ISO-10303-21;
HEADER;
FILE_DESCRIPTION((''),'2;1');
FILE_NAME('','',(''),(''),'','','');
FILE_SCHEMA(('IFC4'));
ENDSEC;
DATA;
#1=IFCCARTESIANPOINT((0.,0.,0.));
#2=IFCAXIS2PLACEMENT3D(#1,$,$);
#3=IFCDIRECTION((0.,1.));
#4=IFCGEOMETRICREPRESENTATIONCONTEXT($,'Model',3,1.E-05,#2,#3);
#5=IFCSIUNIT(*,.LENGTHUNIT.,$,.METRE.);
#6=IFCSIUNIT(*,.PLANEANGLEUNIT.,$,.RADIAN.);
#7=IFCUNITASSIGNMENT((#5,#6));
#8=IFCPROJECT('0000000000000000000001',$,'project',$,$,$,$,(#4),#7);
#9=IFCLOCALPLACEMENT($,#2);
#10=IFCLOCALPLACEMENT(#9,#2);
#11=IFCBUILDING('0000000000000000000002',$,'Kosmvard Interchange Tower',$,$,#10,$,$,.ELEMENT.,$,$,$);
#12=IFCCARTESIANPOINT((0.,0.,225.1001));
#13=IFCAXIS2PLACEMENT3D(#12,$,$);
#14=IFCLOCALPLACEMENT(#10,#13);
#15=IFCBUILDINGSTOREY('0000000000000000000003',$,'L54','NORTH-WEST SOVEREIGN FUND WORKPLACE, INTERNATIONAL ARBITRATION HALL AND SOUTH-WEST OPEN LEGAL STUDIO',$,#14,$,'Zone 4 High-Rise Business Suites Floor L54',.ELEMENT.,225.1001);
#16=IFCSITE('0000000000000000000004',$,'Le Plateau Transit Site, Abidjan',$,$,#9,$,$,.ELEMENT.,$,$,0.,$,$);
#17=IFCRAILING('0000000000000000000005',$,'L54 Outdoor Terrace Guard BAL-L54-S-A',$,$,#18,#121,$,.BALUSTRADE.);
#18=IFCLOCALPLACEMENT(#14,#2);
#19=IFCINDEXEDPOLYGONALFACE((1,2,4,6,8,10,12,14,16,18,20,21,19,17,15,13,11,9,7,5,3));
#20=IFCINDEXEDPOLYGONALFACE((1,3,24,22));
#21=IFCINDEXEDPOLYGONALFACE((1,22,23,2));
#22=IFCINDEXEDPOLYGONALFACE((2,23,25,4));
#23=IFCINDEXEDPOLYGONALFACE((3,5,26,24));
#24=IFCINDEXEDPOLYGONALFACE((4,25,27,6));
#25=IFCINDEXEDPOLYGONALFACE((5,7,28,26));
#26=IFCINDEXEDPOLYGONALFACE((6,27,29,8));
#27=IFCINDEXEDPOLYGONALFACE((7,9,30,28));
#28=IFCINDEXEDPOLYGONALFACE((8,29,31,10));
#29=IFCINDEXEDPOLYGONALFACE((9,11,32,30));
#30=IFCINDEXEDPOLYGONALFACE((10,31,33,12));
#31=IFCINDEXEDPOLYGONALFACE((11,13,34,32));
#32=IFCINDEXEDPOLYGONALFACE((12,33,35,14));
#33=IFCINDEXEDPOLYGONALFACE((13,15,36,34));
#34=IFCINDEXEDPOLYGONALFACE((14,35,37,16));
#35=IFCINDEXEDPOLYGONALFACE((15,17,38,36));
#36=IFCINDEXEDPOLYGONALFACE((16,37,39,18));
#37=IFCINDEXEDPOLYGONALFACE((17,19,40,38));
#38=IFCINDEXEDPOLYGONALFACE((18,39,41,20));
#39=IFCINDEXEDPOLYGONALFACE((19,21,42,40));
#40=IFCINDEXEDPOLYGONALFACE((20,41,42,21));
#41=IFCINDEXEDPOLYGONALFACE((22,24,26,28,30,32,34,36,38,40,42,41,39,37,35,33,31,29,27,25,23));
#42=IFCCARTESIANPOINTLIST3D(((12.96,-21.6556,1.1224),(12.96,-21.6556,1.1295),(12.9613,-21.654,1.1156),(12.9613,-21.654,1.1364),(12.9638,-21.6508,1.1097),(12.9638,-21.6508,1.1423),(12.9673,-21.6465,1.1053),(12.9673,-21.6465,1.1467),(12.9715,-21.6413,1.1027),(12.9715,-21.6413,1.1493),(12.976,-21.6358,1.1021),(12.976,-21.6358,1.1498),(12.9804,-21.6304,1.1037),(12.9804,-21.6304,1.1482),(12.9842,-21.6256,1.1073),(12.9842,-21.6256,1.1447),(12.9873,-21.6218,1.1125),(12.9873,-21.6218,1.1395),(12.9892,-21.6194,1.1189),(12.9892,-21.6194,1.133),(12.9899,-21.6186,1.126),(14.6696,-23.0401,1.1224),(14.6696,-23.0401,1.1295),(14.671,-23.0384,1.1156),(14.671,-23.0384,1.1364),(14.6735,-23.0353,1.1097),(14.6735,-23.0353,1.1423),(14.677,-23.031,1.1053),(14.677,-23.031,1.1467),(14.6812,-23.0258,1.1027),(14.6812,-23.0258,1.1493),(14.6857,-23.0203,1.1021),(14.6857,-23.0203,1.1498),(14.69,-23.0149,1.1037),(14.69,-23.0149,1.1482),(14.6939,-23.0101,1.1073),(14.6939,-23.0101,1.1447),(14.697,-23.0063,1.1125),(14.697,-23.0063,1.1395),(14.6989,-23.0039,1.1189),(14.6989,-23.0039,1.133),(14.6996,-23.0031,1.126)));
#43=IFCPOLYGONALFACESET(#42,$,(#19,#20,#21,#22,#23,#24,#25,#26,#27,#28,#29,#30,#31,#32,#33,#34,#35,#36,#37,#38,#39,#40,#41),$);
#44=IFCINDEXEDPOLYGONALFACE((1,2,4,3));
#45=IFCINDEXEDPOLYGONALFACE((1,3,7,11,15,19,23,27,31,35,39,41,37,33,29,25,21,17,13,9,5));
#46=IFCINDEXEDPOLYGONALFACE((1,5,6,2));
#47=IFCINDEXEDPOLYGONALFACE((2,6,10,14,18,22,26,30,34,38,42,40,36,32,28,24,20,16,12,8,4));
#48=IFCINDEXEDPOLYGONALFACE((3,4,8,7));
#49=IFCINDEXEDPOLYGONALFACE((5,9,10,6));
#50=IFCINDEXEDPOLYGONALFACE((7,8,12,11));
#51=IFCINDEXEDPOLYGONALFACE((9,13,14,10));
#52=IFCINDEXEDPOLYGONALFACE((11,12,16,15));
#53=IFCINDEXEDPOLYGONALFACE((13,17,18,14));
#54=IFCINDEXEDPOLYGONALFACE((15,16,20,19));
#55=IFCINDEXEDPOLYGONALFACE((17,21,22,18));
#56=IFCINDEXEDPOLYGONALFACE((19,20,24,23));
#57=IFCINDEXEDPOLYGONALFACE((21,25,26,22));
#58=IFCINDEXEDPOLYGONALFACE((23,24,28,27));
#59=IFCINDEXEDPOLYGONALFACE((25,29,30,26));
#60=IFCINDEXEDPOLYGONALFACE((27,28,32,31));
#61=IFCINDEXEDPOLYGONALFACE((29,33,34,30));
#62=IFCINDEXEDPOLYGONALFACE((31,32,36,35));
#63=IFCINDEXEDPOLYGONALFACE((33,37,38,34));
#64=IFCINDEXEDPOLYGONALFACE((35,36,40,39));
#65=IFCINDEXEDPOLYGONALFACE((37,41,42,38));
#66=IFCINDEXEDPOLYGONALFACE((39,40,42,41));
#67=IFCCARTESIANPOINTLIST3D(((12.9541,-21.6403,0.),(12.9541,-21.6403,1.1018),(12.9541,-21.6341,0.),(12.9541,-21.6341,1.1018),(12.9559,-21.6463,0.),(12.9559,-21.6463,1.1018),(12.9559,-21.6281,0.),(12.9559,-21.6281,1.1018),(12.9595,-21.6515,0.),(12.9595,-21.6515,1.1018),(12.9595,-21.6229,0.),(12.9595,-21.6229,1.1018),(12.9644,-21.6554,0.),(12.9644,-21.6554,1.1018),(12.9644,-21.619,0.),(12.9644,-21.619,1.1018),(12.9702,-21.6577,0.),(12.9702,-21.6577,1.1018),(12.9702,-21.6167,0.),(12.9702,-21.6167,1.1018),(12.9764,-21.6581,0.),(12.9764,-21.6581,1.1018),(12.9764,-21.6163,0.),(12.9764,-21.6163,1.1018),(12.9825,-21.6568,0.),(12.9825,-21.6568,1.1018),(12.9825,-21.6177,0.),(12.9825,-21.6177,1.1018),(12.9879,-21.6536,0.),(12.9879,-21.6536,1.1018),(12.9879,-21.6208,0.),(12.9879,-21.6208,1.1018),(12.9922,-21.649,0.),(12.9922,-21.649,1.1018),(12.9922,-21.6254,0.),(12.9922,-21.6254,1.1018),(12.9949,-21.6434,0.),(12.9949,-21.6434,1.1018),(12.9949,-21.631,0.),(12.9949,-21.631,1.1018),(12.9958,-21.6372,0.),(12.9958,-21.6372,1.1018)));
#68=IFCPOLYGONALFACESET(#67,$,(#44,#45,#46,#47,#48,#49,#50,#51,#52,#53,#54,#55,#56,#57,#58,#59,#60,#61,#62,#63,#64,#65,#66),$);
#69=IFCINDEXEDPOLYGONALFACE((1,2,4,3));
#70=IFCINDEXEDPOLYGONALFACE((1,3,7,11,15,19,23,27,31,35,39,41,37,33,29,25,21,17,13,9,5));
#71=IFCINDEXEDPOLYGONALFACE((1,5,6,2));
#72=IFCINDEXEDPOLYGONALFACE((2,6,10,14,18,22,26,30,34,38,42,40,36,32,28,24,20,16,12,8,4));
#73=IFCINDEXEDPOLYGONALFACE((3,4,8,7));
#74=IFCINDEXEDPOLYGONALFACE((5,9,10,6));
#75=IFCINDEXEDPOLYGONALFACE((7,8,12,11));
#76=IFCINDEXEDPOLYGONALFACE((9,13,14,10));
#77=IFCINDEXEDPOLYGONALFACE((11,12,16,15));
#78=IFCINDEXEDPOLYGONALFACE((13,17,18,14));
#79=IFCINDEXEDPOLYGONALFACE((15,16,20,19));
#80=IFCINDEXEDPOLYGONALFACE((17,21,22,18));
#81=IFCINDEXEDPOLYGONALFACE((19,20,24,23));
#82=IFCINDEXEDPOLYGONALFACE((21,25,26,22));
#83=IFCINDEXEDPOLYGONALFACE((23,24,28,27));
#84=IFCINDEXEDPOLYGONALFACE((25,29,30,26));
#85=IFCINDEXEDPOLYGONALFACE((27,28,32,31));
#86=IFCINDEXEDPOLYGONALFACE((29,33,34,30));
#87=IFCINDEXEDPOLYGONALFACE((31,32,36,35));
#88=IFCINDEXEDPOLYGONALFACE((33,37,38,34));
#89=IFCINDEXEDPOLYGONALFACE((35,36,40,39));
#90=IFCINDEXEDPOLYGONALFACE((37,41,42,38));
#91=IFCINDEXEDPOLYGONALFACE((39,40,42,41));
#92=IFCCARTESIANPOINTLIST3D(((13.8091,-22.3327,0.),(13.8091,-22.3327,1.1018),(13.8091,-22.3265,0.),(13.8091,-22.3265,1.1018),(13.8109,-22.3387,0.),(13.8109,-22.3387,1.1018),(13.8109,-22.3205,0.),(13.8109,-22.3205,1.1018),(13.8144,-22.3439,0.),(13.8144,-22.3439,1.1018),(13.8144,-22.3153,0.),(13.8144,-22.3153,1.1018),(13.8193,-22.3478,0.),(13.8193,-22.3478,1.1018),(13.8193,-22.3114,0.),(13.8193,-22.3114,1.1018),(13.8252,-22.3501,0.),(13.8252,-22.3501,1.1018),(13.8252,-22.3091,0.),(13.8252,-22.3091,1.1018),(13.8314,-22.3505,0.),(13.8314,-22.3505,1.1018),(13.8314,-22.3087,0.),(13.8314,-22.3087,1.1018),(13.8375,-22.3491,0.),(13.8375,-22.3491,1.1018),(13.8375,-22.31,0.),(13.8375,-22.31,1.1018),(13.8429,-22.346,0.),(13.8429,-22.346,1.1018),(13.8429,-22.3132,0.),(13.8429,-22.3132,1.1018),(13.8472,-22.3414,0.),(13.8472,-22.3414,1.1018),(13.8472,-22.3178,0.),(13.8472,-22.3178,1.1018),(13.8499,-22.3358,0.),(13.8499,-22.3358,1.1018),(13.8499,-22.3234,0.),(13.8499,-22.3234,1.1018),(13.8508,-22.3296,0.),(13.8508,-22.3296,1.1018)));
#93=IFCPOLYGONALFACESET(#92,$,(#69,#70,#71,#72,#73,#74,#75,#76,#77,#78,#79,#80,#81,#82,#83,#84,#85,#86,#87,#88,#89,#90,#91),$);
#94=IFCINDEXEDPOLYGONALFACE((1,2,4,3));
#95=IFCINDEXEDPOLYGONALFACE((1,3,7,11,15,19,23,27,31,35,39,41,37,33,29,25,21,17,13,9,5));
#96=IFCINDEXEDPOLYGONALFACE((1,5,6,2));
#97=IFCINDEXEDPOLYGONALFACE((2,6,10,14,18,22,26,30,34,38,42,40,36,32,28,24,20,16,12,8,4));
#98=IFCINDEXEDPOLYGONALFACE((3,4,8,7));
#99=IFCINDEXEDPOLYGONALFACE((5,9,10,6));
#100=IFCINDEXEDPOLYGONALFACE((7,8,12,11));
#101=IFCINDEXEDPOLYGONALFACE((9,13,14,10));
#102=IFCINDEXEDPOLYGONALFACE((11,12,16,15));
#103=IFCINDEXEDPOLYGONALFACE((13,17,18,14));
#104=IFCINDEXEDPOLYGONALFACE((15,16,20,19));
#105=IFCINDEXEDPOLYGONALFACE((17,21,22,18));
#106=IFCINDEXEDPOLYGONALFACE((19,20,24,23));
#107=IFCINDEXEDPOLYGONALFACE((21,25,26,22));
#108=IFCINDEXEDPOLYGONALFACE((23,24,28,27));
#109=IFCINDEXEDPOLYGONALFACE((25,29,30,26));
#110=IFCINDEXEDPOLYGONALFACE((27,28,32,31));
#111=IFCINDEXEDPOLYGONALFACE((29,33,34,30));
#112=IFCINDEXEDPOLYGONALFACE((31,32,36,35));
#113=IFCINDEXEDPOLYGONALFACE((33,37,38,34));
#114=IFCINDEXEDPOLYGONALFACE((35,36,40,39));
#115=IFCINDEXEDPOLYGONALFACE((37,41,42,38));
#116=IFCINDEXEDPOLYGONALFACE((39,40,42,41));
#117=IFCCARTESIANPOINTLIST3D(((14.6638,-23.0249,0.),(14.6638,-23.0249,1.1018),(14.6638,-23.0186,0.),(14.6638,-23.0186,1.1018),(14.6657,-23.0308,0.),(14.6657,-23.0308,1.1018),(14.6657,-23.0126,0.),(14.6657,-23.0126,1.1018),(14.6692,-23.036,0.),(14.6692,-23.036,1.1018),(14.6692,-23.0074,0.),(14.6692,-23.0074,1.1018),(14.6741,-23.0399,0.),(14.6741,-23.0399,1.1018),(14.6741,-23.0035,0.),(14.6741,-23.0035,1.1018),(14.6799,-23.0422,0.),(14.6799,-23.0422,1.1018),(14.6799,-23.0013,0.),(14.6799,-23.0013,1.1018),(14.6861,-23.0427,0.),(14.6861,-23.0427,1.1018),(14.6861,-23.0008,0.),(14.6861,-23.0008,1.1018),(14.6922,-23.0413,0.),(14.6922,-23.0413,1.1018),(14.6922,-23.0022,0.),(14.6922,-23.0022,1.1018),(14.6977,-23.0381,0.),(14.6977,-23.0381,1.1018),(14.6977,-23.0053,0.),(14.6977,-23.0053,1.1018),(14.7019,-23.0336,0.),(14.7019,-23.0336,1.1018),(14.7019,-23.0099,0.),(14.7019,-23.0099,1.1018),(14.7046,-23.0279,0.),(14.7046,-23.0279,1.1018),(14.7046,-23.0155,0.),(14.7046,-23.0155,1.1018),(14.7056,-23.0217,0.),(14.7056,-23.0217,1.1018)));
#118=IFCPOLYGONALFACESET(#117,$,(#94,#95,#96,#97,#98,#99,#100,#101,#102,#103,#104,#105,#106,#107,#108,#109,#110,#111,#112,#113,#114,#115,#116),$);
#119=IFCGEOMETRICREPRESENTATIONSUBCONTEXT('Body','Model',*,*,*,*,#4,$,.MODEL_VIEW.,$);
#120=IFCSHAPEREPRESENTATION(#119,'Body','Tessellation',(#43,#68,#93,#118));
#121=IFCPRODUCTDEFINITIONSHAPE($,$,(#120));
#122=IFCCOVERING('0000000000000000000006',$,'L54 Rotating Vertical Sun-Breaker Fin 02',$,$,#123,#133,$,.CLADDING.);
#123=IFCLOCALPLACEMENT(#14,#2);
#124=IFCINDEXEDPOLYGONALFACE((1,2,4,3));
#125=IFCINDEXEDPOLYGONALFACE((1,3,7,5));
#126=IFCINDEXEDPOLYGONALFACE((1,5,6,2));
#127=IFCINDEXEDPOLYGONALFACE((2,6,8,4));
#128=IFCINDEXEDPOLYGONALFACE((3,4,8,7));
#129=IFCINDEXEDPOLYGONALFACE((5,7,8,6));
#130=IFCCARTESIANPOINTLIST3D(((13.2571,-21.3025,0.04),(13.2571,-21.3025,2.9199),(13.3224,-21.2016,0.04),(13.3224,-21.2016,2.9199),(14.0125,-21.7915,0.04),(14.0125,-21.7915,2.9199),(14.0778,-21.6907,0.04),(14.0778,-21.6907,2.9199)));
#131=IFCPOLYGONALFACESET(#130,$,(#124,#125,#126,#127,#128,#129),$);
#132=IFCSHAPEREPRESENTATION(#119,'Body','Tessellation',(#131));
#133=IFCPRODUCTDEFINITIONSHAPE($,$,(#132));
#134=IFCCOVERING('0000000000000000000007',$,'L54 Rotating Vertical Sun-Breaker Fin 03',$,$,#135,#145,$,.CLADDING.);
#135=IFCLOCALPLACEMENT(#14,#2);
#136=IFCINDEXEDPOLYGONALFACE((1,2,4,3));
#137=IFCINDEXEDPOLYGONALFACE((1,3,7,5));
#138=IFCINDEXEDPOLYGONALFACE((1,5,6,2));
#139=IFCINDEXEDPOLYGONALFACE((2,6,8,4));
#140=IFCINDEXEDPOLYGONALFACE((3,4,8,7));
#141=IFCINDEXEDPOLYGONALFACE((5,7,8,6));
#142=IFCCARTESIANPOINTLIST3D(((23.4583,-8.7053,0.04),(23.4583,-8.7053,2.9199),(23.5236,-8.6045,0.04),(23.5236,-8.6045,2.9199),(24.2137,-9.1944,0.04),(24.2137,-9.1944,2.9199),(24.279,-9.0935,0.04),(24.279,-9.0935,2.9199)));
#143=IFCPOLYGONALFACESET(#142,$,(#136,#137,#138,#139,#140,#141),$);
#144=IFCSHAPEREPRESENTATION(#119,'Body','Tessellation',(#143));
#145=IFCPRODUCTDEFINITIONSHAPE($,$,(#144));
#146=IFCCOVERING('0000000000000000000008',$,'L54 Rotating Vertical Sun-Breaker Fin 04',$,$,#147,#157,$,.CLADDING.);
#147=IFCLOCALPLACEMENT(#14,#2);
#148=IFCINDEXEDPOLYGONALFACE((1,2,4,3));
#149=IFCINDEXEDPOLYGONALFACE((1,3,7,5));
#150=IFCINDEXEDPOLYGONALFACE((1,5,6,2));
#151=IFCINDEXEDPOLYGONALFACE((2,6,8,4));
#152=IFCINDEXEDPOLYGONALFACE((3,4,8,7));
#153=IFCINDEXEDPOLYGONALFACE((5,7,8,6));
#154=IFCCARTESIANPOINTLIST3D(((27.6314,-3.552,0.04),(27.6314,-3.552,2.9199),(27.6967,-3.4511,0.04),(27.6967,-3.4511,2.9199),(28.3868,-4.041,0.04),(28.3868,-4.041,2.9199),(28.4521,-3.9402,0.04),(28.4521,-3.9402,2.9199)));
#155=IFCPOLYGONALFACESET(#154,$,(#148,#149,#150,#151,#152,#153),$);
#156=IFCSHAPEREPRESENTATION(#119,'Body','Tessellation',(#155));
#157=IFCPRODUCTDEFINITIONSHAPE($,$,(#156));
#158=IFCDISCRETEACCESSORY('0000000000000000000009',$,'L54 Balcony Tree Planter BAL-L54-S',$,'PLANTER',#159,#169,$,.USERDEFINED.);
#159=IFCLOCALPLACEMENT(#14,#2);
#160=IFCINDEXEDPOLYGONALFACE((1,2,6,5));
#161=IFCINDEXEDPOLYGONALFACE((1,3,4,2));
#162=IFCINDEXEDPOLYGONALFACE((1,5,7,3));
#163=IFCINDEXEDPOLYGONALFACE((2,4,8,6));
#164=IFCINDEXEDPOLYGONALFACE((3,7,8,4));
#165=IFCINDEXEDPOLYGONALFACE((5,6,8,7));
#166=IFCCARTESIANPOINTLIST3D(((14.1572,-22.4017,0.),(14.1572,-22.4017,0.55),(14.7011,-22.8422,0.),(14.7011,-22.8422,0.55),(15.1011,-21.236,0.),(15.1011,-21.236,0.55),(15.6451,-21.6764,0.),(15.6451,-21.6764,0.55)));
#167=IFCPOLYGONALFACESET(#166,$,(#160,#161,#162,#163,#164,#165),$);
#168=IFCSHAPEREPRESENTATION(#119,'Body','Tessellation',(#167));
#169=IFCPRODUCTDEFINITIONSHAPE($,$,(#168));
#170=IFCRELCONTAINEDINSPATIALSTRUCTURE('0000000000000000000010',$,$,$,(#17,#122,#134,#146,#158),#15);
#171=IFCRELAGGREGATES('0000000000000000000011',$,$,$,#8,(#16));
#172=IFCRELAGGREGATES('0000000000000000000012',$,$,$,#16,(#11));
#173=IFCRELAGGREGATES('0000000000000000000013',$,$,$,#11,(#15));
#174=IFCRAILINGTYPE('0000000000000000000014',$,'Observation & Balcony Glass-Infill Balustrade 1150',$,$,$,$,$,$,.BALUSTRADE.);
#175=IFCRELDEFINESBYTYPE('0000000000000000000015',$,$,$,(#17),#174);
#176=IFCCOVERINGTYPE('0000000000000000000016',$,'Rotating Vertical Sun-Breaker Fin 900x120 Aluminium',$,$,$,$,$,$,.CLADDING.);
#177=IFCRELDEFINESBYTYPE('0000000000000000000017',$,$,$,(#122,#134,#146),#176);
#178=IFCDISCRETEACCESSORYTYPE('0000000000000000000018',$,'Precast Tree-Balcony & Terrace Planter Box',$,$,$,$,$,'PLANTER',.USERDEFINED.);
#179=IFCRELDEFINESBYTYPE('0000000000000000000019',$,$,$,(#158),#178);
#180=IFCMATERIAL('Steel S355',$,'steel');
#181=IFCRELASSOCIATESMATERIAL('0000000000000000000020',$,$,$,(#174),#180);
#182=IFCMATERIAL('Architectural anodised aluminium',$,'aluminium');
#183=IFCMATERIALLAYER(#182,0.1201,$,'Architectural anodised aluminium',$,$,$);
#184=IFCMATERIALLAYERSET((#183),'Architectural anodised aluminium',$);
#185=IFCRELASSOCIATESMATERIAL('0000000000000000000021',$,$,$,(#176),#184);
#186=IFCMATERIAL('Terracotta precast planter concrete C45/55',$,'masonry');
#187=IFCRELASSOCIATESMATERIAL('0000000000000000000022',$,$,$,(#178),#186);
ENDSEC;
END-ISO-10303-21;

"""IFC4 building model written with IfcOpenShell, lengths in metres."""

from ifc_helpers import new_model, si_unit, direction, frame, origin, origin_2d, place, context, subcontext, project, spatial, rectangle, circle, extrude, source, transform, mapped, material, layer, layer_set, type_object, element, save


model = new_model("IFC4")

# Units and contexts
model_context = context("Model", 3, precision=1e-05, world=origin(), true_north=direction((0.0, 1.0)))
body_context = subcontext(model_context, "Body", "Model", "MODEL_VIEW")
ifc_project = project(units=[si_unit("LENGTHUNIT", "METRE"), si_unit("PLANEANGLEUNIT", "RADIAN")], contexts=[model_context])

# Site, building, storey
site_placement = place(None, origin())
site = spatial("IfcSite", under=ifc_project, at=site_placement, Name="Le Plateau Transit Site, Abidjan", CompositionType="ELEMENT", RefElevation=0.0)
building_placement = place(site_placement, origin())
building = spatial("IfcBuilding", under=site, at=building_placement, Name="Kosmvard Interchange Tower", CompositionType="ELEMENT")
storey_placement = place(building_placement, frame((0.0, 0.0, 225.1001)))
storey = spatial("IfcBuildingStorey", under=building, at=storey_placement, Name="L54", Description="NORTH-WEST SOVEREIGN FUND WORKPLACE, INTERNATIONAL ARBITRATION HALL AND SOUTH-WEST OPEN LEGAL STUDIO", LongName="Zone 4 High-Rise Business Suites Floor L54", CompositionType="ELEMENT", Elevation=225.1001)

# Shared definitions
ifc_material_1 = material(Name="Steel S355", Category="steel")

# Railing
railing_type = type_object("IfcRailingType", Name="Observation & Balcony Glass-Infill Balustrade 1150", PredefinedType="BALUSTRADE", material=ifc_material_1)
shared_shape_1 = source(origin(), body_context, "Body", "SweptSolid", [
    extrude(circle(Radius=0.0239, at=origin_2d()), frame((0.0, 0.0, 1.126), z_axis=(0.777141, -0.629326, 0.0), x_axis=(0.629326, 0.777141, 0.0)), (0.0, 0.0, 1.0), 2.2),
    extrude(circle(Radius=0.021, at=origin_2d()), origin(), (0.0, 0.0, 1.0), 1.1018),
    extrude(circle(Radius=0.021, at=origin_2d()), frame((0.855, -0.6924, 0.0)), (0.0, 0.0, 1.0), 1.1018),
    extrude(circle(Radius=0.021, at=origin_2d()), frame((1.7097, -1.3845, 0.0)), (0.0, 0.0, 1.0), 1.1018),
])
railing_1_placement = place(storey_placement, frame((12.9749, -21.6372, 0.0)))
element("IfcRailing", 1, at=railing_1_placement, inside=storey, type_object=railing_type, Name="L54 Outdoor Terrace Guard BAL-L54-S-A", PredefinedType="BALUSTRADE", context=body_context, shape_type="MappedRepresentation", body=[
    mapped(shared_shape_1, transform((0.0, 0.0, 0.0), scale=1.0)),
])

# Coverings
ifc_material_2 = material(Name="Architectural anodised aluminium", Category="aluminium")
ifc_layer_1 = layer(ifc_material_2, 0.1201, Name="Architectural anodised aluminium")
ifc_layer_set_1 = layer_set([ifc_layer_1], Name="Architectural anodised aluminium")
covering_type = type_object("IfcCoveringType", Name="Rotating Vertical Sun-Breaker Fin 900x120 Aluminium", PredefinedType="CLADDING", material=ifc_layer_set_1)
shared_shape_2 = source(origin(), body_context, "Body", "SweptSolid", [
    extrude(rectangle(XDim=0.8999, YDim=0.1201, at=origin_2d()), origin(), (0.0, 0.0, 1.0), 2.8799),
])
for number, where, z_axis, x_axis, name in (
    (2, (13.6675, -21.4966, 0.04), (0.0, 0.0, 1.0), (0.83943, -0.543467, 0.0), "L54 Rotating Vertical Sun-Breaker Fin 02"),
    (3, (23.8687, -8.8994, 0.04), (0.0, 0.0, 1.0), (0.83943, -0.543467, 0.0), "L54 Rotating Vertical Sun-Breaker Fin 03"),
    (4, (28.0417, -3.7461, 0.04), (0.0, 0.0, 1.0), (0.83943, -0.543467, 0.0), "L54 Rotating Vertical Sun-Breaker Fin 04"),
):
    element("IfcCovering", number, at=place(storey_placement, frame(where, z_axis=z_axis, x_axis=x_axis)), inside=storey, type_object=covering_type, Name=name, PredefinedType="CLADDING", context=body_context, shape_type="MappedRepresentation", body=[
        mapped(shared_shape_2, transform((0.0, 0.0, 0.0), scale=1.0)),
    ])

# Discrete accessory
ifc_material_3 = material(Name="Terracotta precast planter concrete C45/55", Category="masonry")
discrete_accessory_type = type_object("IfcDiscreteAccessoryType", Name="Precast Tree-Balcony & Terrace Planter Box", ElementType="PLANTER", PredefinedType="USERDEFINED", material=ifc_material_3)
shared_shape_3 = source(origin(), body_context, "Body", "SweptSolid", [
    extrude(rectangle(XDim=1.5, YDim=0.7, at=origin_2d()), origin(), (0.0, 0.0, 1.0), 0.55),
])
discrete_accessory_placement = place(storey_placement, frame((14.9011, -22.0391, 0.0), z_axis=(0.0, 0.0, 1.0), x_axis=(0.62932, 0.777146, 0.0)))
element("IfcDiscreteAccessory", 5, at=discrete_accessory_placement, inside=storey, type_object=discrete_accessory_type, Name="L54 Balcony Tree Planter BAL-L54-S", ObjectType="PLANTER", PredefinedType="USERDEFINED", context=body_context, shape_type="MappedRepresentation", body=[
    mapped(shared_shape_3, transform((0.0, 0.0, 0.0), scale=1.0)),
])

save(model, "model.ifc")
